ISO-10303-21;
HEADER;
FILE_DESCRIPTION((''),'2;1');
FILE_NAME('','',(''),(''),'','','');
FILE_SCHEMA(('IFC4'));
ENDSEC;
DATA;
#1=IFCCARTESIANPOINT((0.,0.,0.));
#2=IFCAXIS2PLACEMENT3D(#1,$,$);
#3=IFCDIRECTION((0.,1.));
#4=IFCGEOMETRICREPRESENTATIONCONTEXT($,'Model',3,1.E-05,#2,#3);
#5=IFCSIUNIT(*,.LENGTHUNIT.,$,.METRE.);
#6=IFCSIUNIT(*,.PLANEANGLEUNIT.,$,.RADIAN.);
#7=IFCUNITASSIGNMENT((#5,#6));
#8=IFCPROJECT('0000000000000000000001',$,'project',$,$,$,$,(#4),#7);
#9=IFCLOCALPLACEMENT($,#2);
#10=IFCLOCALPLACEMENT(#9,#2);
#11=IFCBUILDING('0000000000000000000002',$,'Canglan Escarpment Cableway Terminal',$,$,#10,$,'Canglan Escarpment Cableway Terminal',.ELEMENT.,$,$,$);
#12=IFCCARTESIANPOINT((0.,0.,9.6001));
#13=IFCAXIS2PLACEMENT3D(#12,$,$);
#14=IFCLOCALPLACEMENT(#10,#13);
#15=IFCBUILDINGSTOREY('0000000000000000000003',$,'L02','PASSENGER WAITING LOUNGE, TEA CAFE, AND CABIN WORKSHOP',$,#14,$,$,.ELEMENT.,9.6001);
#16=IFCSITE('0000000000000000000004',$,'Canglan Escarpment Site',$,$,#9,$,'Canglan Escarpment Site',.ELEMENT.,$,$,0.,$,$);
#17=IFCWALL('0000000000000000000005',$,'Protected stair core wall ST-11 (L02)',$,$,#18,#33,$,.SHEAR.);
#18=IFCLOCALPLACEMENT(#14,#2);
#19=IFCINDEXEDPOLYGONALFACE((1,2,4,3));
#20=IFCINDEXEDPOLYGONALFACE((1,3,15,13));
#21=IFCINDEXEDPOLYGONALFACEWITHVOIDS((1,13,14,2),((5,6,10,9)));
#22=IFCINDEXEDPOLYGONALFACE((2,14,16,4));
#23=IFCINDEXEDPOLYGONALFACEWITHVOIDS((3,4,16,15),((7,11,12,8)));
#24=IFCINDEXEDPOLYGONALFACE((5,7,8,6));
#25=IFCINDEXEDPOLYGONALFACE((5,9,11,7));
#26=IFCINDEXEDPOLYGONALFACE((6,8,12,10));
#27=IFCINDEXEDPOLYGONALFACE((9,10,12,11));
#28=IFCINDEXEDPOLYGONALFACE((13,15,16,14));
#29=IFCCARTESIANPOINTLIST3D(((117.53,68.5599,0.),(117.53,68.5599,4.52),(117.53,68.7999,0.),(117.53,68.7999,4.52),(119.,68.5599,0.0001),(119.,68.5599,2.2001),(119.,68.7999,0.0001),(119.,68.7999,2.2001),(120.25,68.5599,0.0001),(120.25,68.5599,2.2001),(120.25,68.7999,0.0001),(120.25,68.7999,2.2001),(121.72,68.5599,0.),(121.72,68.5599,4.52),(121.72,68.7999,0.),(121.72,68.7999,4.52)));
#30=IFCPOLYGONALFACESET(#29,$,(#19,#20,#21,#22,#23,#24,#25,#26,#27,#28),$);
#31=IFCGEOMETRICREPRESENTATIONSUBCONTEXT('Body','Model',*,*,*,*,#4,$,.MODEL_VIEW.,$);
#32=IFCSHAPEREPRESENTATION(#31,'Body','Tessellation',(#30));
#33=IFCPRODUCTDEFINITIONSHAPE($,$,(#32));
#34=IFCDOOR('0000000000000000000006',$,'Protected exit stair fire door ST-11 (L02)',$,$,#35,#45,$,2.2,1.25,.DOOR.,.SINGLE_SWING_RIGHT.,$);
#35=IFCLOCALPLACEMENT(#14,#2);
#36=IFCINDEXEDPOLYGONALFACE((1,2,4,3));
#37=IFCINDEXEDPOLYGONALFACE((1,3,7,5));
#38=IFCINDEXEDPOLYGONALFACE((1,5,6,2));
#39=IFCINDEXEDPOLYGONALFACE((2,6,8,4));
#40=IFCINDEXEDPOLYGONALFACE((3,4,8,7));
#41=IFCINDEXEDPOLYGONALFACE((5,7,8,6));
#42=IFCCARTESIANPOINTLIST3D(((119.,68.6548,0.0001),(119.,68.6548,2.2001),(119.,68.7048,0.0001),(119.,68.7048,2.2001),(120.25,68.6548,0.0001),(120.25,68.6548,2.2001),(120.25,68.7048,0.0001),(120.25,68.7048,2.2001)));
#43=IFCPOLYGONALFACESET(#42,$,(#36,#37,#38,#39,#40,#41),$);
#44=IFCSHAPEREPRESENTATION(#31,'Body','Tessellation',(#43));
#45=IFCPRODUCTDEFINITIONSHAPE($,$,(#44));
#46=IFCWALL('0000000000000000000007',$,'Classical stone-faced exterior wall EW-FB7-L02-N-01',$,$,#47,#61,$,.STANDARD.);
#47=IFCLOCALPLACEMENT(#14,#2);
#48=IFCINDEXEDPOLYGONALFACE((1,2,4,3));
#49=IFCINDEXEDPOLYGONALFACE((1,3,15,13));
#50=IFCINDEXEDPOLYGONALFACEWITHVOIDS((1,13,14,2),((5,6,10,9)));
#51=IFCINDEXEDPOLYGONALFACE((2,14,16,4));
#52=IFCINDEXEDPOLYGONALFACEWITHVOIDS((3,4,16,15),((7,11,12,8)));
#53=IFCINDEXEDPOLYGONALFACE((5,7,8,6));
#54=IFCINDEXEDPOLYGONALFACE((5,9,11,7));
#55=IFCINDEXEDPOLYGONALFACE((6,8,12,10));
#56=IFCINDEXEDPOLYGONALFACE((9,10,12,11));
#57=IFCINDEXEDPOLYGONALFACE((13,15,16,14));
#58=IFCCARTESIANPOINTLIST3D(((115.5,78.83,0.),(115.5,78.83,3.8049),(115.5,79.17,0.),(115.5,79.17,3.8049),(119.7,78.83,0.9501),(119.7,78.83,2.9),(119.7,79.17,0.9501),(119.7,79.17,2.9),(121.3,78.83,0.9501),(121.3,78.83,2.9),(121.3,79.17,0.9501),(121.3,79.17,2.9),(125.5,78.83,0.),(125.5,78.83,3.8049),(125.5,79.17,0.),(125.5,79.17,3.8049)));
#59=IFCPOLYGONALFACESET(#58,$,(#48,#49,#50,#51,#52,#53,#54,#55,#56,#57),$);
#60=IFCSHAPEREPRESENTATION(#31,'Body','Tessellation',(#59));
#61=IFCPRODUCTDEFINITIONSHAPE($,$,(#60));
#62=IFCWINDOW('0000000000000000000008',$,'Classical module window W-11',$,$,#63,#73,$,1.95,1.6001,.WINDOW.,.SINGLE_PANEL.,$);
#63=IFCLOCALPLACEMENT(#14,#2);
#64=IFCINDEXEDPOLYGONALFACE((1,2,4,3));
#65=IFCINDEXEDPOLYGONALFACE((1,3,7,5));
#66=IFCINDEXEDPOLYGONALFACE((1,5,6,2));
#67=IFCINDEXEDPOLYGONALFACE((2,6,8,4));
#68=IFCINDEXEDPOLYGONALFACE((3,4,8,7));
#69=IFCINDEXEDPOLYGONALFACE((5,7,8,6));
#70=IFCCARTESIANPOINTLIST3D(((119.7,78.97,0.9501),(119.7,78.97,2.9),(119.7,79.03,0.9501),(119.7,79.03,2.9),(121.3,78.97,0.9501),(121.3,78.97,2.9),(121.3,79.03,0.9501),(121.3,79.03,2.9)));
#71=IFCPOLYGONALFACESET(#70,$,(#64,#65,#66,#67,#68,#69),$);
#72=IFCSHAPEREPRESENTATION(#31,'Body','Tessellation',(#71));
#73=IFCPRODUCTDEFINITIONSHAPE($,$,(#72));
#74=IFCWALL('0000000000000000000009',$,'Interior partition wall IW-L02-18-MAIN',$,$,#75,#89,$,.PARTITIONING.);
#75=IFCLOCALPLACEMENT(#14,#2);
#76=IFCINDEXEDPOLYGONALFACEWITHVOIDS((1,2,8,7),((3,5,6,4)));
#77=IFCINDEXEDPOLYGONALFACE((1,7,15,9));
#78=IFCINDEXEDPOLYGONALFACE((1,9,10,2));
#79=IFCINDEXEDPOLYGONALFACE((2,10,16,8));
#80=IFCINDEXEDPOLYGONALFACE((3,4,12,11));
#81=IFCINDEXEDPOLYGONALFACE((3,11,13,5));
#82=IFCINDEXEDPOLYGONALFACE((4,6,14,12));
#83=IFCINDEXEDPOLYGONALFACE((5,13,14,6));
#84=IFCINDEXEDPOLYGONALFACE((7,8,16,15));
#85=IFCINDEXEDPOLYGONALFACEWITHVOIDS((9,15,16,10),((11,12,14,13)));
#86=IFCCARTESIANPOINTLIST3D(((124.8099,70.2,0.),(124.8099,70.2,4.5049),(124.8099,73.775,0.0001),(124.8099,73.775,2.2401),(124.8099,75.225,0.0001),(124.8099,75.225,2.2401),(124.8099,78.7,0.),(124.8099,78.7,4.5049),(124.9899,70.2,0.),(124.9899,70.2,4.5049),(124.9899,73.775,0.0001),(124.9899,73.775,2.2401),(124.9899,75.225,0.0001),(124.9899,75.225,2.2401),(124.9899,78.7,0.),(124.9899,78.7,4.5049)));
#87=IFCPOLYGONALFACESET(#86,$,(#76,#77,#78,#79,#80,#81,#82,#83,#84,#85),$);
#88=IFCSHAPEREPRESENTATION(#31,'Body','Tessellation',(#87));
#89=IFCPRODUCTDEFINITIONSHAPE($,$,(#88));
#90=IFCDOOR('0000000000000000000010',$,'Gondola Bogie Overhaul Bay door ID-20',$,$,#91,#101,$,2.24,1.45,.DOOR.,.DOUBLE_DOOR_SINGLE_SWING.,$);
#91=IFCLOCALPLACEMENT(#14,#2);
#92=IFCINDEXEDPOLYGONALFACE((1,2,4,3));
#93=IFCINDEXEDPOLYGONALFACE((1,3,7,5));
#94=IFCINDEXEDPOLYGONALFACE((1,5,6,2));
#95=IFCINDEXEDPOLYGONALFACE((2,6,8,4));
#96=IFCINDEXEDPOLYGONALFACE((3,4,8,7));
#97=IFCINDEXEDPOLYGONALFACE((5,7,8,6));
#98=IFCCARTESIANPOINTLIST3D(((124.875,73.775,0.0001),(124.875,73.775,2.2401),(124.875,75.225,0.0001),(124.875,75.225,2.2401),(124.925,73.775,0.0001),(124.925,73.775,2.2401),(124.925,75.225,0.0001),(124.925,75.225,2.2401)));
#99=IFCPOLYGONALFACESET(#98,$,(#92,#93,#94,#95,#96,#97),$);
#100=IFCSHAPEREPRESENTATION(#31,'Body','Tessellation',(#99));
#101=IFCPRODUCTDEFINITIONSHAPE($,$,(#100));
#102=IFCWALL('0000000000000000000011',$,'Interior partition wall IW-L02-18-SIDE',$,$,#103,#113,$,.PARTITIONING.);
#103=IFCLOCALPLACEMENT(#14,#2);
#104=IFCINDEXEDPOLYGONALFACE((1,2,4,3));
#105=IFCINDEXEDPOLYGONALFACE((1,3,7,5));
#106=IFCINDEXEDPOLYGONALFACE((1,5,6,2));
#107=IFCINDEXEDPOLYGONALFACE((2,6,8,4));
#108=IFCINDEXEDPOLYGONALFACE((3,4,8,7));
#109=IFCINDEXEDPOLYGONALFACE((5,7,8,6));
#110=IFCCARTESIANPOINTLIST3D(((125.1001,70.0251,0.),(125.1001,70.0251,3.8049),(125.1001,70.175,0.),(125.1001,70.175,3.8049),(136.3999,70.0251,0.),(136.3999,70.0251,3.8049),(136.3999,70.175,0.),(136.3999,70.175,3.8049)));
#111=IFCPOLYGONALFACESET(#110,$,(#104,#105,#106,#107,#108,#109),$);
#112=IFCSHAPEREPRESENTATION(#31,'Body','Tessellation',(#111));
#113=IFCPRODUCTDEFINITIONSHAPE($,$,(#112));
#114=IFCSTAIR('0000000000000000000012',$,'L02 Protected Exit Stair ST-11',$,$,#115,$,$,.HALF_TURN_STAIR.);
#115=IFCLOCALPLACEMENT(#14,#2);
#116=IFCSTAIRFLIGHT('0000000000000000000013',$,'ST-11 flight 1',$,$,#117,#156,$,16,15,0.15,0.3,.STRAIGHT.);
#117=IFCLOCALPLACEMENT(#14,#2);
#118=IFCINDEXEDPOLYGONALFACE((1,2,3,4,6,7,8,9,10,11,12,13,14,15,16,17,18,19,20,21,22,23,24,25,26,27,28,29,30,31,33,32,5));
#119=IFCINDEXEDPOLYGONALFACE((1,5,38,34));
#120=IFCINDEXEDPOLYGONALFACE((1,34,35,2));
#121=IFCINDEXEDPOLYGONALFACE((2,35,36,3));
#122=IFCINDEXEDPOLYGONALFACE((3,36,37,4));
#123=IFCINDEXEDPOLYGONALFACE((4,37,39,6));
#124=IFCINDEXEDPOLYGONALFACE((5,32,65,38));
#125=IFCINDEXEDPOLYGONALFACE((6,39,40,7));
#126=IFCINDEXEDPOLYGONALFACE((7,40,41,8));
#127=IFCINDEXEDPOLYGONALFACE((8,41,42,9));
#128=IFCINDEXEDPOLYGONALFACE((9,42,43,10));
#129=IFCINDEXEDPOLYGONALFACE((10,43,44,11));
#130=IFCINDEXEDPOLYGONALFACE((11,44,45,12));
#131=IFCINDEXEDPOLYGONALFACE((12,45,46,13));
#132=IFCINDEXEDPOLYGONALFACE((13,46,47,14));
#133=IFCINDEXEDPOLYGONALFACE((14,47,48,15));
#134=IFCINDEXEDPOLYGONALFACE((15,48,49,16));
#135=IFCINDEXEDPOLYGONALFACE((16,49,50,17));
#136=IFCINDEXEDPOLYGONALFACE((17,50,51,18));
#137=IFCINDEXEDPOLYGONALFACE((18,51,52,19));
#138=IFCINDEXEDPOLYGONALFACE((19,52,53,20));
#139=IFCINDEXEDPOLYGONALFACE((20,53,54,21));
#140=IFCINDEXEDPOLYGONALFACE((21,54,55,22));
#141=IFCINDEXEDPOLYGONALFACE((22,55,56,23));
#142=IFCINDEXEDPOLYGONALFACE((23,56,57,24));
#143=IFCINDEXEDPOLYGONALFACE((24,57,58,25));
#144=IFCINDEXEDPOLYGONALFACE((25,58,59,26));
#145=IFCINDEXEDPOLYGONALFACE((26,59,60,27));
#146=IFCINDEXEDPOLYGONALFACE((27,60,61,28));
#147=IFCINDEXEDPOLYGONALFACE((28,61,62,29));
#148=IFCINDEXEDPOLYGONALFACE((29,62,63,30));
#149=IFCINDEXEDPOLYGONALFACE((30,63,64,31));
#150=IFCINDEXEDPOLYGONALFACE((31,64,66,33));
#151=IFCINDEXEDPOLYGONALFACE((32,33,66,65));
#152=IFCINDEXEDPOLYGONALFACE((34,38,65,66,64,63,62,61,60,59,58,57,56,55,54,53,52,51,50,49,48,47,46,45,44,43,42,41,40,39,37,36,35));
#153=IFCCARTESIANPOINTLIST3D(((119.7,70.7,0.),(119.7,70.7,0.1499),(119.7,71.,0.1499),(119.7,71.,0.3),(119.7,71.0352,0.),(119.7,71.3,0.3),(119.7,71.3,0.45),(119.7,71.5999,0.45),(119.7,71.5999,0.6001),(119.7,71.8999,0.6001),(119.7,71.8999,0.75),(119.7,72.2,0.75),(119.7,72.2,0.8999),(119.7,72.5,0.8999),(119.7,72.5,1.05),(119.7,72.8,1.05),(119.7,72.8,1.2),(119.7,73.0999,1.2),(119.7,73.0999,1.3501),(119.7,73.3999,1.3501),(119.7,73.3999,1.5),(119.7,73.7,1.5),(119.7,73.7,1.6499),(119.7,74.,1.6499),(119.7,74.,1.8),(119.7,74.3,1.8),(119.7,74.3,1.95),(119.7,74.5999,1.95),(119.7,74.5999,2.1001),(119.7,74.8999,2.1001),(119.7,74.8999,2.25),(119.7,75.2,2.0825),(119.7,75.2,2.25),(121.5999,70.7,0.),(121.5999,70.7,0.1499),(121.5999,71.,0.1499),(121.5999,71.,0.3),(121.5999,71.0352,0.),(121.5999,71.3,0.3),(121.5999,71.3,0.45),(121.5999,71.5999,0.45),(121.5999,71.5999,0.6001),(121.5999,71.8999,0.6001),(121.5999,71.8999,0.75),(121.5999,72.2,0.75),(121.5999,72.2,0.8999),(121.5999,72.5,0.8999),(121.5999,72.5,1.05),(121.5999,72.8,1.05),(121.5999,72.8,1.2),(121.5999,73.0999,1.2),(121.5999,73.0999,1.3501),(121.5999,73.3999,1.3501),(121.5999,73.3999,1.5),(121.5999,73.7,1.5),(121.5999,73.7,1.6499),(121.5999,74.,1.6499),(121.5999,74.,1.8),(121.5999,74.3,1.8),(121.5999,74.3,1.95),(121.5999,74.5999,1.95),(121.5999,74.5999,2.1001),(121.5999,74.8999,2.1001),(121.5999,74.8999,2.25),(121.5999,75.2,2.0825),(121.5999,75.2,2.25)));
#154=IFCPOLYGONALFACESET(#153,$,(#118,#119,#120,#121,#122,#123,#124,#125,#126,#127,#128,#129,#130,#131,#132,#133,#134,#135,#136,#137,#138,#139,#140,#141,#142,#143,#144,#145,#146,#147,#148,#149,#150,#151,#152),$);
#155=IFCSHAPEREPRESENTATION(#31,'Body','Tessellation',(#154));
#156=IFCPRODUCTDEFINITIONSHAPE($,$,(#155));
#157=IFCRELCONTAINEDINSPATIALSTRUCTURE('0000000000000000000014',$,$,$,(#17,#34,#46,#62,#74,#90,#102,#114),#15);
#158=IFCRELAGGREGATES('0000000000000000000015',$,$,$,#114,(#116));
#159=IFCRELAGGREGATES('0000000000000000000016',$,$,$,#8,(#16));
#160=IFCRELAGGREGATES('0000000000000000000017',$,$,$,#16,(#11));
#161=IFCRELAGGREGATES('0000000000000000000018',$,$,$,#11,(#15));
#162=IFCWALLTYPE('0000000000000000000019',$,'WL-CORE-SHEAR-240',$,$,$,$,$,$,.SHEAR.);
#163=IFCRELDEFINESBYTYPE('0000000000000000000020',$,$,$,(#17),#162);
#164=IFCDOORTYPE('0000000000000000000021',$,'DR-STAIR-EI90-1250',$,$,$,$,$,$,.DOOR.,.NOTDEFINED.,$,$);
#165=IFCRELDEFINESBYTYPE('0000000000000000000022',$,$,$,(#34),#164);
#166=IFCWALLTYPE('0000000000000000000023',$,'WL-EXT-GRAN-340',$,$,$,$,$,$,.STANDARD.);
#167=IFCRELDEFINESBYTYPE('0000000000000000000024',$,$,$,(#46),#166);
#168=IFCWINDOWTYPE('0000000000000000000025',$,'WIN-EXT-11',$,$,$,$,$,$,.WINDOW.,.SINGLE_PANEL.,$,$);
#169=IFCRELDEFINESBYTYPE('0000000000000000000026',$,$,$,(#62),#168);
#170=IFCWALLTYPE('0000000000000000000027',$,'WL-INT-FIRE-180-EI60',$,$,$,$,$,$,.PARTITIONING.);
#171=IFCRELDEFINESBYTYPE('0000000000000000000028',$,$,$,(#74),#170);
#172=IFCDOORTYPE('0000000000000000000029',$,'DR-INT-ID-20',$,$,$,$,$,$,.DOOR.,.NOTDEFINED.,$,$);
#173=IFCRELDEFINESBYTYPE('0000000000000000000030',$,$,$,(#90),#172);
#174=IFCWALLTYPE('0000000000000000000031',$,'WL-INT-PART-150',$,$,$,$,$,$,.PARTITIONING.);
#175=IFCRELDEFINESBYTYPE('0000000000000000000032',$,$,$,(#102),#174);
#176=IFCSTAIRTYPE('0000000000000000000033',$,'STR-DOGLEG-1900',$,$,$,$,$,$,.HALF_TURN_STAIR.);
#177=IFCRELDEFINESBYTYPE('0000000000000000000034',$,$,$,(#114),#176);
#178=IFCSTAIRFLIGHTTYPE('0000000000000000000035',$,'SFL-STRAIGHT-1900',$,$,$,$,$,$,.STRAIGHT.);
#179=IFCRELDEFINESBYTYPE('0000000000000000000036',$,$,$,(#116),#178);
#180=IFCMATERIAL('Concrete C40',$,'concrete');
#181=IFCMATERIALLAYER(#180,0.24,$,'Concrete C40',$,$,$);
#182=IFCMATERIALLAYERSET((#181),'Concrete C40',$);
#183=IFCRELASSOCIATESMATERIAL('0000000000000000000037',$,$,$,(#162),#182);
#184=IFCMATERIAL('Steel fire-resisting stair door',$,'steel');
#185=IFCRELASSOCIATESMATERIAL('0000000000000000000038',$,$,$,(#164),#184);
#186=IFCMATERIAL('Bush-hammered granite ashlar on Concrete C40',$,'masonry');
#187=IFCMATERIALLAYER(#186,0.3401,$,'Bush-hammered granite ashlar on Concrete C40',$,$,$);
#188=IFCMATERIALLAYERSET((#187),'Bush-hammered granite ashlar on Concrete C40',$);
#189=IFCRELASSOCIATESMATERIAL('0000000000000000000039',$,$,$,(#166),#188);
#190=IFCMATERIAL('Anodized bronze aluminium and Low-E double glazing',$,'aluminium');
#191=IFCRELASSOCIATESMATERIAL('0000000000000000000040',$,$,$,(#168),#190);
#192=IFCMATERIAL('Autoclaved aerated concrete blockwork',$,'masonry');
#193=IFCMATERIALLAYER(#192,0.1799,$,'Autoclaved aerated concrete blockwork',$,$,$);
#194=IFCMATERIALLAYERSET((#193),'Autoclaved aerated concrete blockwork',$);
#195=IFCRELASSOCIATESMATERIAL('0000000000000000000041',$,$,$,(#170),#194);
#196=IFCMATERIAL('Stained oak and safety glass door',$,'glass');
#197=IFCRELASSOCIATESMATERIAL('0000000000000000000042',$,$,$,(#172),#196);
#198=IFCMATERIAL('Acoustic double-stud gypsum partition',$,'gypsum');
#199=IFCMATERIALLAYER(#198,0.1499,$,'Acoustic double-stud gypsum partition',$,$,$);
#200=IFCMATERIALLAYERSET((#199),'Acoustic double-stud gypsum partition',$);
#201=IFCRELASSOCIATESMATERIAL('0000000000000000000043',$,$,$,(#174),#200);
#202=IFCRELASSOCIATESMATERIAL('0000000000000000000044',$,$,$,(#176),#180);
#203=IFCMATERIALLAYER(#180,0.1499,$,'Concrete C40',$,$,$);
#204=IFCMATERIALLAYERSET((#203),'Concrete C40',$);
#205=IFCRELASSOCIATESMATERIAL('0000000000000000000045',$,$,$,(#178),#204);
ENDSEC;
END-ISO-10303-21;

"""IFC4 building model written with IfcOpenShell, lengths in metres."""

from ifc_helpers import new_model, si_unit, direction, frame, frame_2d, origin, place, context, subcontext, project, spatial, polyline, rectangle, outline, extrude, material, layer, layer_set, type_object, element, fill, aggregate, save


model = new_model("IFC4")

# Units and contexts
model_context = context("Model", 3, precision=1e-05, world=origin(), true_north=direction((0.0, 1.0)))
body_context = subcontext(model_context, "Body", "Model", "MODEL_VIEW")
ifc_project = project(units=[si_unit("LENGTHUNIT", "METRE"), si_unit("PLANEANGLEUNIT", "RADIAN")], contexts=[model_context])

# Site, building, storey
site_placement = place(None, origin())
site = spatial("IfcSite", under=ifc_project, at=site_placement, Name="Canglan Escarpment Site", LongName="Canglan Escarpment Site", CompositionType="ELEMENT", RefElevation=0.0)
building_placement = place(site_placement, origin())
building = spatial("IfcBuilding", under=site, at=building_placement, Name="Canglan Escarpment Cableway Terminal", LongName="Canglan Escarpment Cableway Terminal", CompositionType="ELEMENT")
storey_placement = place(building_placement, frame((0.0, 0.0, 9.6001)))
storey = spatial("IfcBuildingStorey", under=building, at=storey_placement, Name="L02", Description="PASSENGER WAITING LOUNGE, TEA CAFE, AND CABIN WORKSHOP", CompositionType="ELEMENT", Elevation=9.6001)

# Shared definitions
ifc_material_1 = material(Name="Concrete C40", Category="concrete")

# Shared definitions
ifc_layer_1 = layer(ifc_material_1, 0.24, Name="Concrete C40")
ifc_layer_set_1 = layer_set([ifc_layer_1], Name="Concrete C40")
wall_type_1 = type_object("IfcWallType", Name="WL-CORE-SHEAR-240", PredefinedType="SHEAR", material=ifc_layer_set_1)

# Wall, opening, door
wall_1_placement = place(storey_placement, frame((117.53, 68.6799, 0.0), z_axis=(0.0, 0.0, 1.0), x_axis=(1.0, 0.0, 0.0)))
wall_1 = element("IfcWall", 1, at=wall_1_placement, inside=storey, type_object=wall_type_1, Name="Protected stair core wall ST-11 (L02)", PredefinedType="SHEAR", context=body_context, shape_type="SweptSolid", body=[
    extrude(rectangle(XDim=4.1899, YDim=0.24, at=frame_2d((2.095, 0.0))), origin(), (0.0, 0.0, 1.0), 4.52),
])
opening_1_placement = place(wall_1_placement, frame((1.47, 0.0, 0.0)))
opening_1 = element("IfcOpeningElement", 2, at=opening_1_placement, cuts=wall_1, PredefinedType="OPENING", context=body_context, shape_type="SweptSolid", body=[
    extrude(rectangle(XDim=1.25, YDim=2.2, at=frame_2d((0.625, 1.1001))), frame((0.0, 0.1299, 0.0), z_axis=(0.0, -1.0, 0.0), x_axis=(1.0, 0.0, 0.0)), (0.0, 0.0, 1.0), 0.26),
])
ifc_material_2 = material(Name="Steel fire-resisting stair door", Category="steel")
door_type_1 = type_object("IfcDoorType", Name="DR-STAIR-EI90-1250", OperationType="NOTDEFINED", PredefinedType="DOOR", material=ifc_material_2)
door_1_placement = place(opening_1_placement, origin())
door_1 = element("IfcDoor", 3, at=door_1_placement, inside=storey, type_object=door_type_1, Name="Protected exit stair fire door ST-11 (L02)", OperationType="SINGLE_SWING_RIGHT", OverallHeight=2.2, OverallWidth=1.25, PredefinedType="DOOR", context=body_context, shape_type="SweptSolid", body=[
    extrude(rectangle(XDim=1.25, YDim=2.2, at=frame_2d((0.625, 1.1001))), frame((0.0, 0.0249, 0.0), z_axis=(0.0, -1.0, 0.0), x_axis=(1.0, 0.0, 0.0)), (0.0, 0.0, 1.0), 0.05),
])
fill(opening_1, door_1)

# Wall, opening, window
ifc_material_3 = material(Name="Bush-hammered granite ashlar on Concrete C40", Category="masonry")
ifc_layer_2 = layer(ifc_material_3, 0.3401, Name="Bush-hammered granite ashlar on Concrete C40")
ifc_layer_set_2 = layer_set([ifc_layer_2], Name="Bush-hammered granite ashlar on Concrete C40")
wall_type_2 = type_object("IfcWallType", Name="WL-EXT-GRAN-340", PredefinedType="STANDARD", material=ifc_layer_set_2)
wall_2_placement = place(storey_placement, frame((125.5, 79.0, 0.0), z_axis=(0.0, 0.0, 1.0), x_axis=(-1.0, 0.0, 0.0)))
wall_2 = element("IfcWall", 4, at=wall_2_placement, inside=storey, type_object=wall_type_2, Name="Classical stone-faced exterior wall EW-FB7-L02-N-01", PredefinedType="STANDARD", context=body_context, shape_type="SweptSolid", body=[
    extrude(rectangle(XDim=10.0, YDim=0.3401, at=frame_2d((5.0, 0.0))), origin(), (0.0, 0.0, 1.0), 3.8049),
])
opening_2_placement = place(wall_2_placement, frame((4.2, 0.0, 0.95)))
opening_2 = element("IfcOpeningElement", 5, at=opening_2_placement, cuts=wall_2, PredefinedType="OPENING", context=body_context, shape_type="SweptSolid", body=[
    extrude(rectangle(XDim=1.6001, YDim=1.95, at=frame_2d((0.8, 0.9751))), frame((0.0, 0.1802, 0.0), z_axis=(0.0, -1.0, 0.0), x_axis=(1.0, 0.0, 0.0)), (0.0, 0.0, 1.0), 0.3601),
])
ifc_material_4 = material(Name="Anodized bronze aluminium and Low-E double glazing", Category="aluminium")
window_type = type_object("IfcWindowType", Name="WIN-EXT-11", PartitioningType="SINGLE_PANEL", PredefinedType="WINDOW", material=ifc_material_4)
window_placement = place(opening_2_placement, origin())
window = element("IfcWindow", 6, at=window_placement, inside=storey, type_object=window_type, Name="Classical module window W-11", OverallHeight=1.95, OverallWidth=1.6001, PartitioningType="SINGLE_PANEL", PredefinedType="WINDOW", context=body_context, shape_type="SweptSolid", body=[
    extrude(rectangle(XDim=1.6001, YDim=1.95, at=frame_2d((0.8, 0.9751))), frame((0.0, 0.03, 0.0), z_axis=(0.0, -1.0, 0.0), x_axis=(1.0, 0.0, 0.0)), (0.0, 0.0, 1.0), 0.0601),
])
fill(opening_2, window)

# Wall, opening, door
ifc_material_5 = material(Name="Autoclaved aerated concrete blockwork", Category="masonry")
ifc_layer_3 = layer(ifc_material_5, 0.1799, Name="Autoclaved aerated concrete blockwork")
ifc_layer_set_3 = layer_set([ifc_layer_3], Name="Autoclaved aerated concrete blockwork")
wall_type_3 = type_object("IfcWallType", Name="WL-INT-FIRE-180-EI60", PredefinedType="PARTITIONING", material=ifc_layer_set_3)
wall_3_placement = place(storey_placement, frame((124.8999, 70.2, 0.0), z_axis=(0.0, 0.0, 1.0), x_axis=(0.0, 1.0, 0.0)))
wall_3 = element("IfcWall", 7, at=wall_3_placement, inside=storey, type_object=wall_type_3, Name="Interior partition wall IW-L02-18-MAIN", PredefinedType="PARTITIONING", context=body_context, shape_type="SweptSolid", body=[
    extrude(rectangle(XDim=8.5, YDim=0.1799, at=frame_2d((4.25, 0.0))), origin(), (0.0, 0.0, 1.0), 4.5049),
])
opening_3_placement = place(wall_3_placement, frame((3.575, 0.0, 0.0)))
opening_3 = element("IfcOpeningElement", 8, at=opening_3_placement, cuts=wall_3, PredefinedType="OPENING", context=body_context, shape_type="SweptSolid", body=[
    extrude(rectangle(XDim=1.45, YDim=2.24, at=frame_2d((0.7251, 1.1201))), frame((0.0, 0.1001, 0.0), z_axis=(0.0, -1.0, 0.0), x_axis=(1.0, 0.0, 0.0)), (0.0, 0.0, 1.0), 0.2),
])
ifc_material_6 = material(Name="Stained oak and safety glass door", Category="glass")
door_type_2 = type_object("IfcDoorType", Name="DR-INT-ID-20", OperationType="NOTDEFINED", PredefinedType="DOOR", material=ifc_material_6)
door_2_placement = place(opening_3_placement, origin())
door_2 = element("IfcDoor", 9, at=door_2_placement, inside=storey, type_object=door_type_2, Name="Gondola Bogie Overhaul Bay door ID-20", OperationType="DOUBLE_DOOR_SINGLE_SWING", OverallHeight=2.24, OverallWidth=1.45, PredefinedType="DOOR", context=body_context, shape_type="SweptSolid", body=[
    extrude(rectangle(XDim=1.45, YDim=2.24, at=frame_2d((0.7251, 1.1201))), frame((0.0, 0.0249, 0.0), z_axis=(0.0, -1.0, 0.0), x_axis=(1.0, 0.0, 0.0)), (0.0, 0.0, 1.0), 0.05),
])
fill(opening_3, door_2)

# Wall
ifc_material_7 = material(Name="Acoustic double-stud gypsum partition", Category="gypsum")
ifc_layer_4 = layer(ifc_material_7, 0.1499, Name="Acoustic double-stud gypsum partition")
ifc_layer_set_4 = layer_set([ifc_layer_4], Name="Acoustic double-stud gypsum partition")
wall_type_4 = type_object("IfcWallType", Name="WL-INT-PART-150", PredefinedType="PARTITIONING", material=ifc_layer_set_4)
wall_4_placement = place(storey_placement, frame((125.1001, 70.1001, 0.0), z_axis=(0.0, 0.0, 1.0), x_axis=(1.0, 0.0, 0.0)))
element("IfcWall", 10, at=wall_4_placement, inside=storey, type_object=wall_type_4, Name="Interior partition wall IW-L02-18-SIDE", PredefinedType="PARTITIONING", context=body_context, shape_type="SweptSolid", body=[
    extrude(rectangle(XDim=11.2998, YDim=0.1499, at=frame_2d((5.6499, 0.0))), origin(), (0.0, 0.0, 1.0), 3.8049),
])

# Stair, stair flight
stair_type = type_object("IfcStairType", Name="STR-DOGLEG-1900", PredefinedType="HALF_TURN_STAIR", material=ifc_material_1)
stair_placement = place(storey_placement, origin())
stair = element("IfcStair", 11, at=stair_placement, inside=storey, type_object=stair_type, Name="L02 Protected Exit Stair ST-11", PredefinedType="HALF_TURN_STAIR")
ifc_layer_5 = layer(ifc_material_1, 0.1499, Name="Concrete C40")
ifc_layer_set_5 = layer_set([ifc_layer_5], Name="Concrete C40")
stair_flight_type = type_object("IfcStairFlightType", Name="SFL-STRAIGHT-1900", PredefinedType="STRAIGHT", material=ifc_layer_set_5)
stair_flight_1_placement = place(storey_placement, frame((120.6499, 70.7, 0.0), z_axis=(0.0, 0.0, 1.0), x_axis=(0.0, 1.0, 0.0)))
stair_flight_1 = element("IfcStairFlight", 12, at=stair_flight_1_placement, type_object=stair_flight_type, Name="ST-11 flight 1", NumberOfRisers=16, NumberOfTreads=15, PredefinedType="STRAIGHT", RiserHeight=0.15, TreadLength=0.3, context=body_context, shape_type="SweptSolid", body=[
    extrude(outline(polyline([(0.0, 0.0), (0.0, 0.1499), (0.3, 0.1499), (0.3, 0.3), (0.6001, 0.3), (0.6001, 0.45), (0.8999, 0.45), (0.8999, 0.6001), (1.2, 0.6001), (1.2, 0.75), (1.5, 0.75), (1.5, 0.8999), (1.8, 0.8999), (1.8, 1.05), (2.1001, 1.05), (2.1001, 1.2), (2.3999, 1.2), (2.3999, 1.3501), (2.7, 1.3501), (2.7, 1.5), (3.0, 1.5), (3.0, 1.6499), (3.3, 1.6499), (3.3, 1.8), (3.6001, 1.8), (3.6001, 1.95), (3.8999, 1.95), (3.8999, 2.1001), (4.2, 2.1001), (4.2, 2.25), (4.5, 2.25), (4.5, 2.3999), (4.5, 2.0825), (0.3352, 0.0), (0.0, 0.0)])), frame((0.0, 0.95, 0.0), z_axis=(0.0, -1.0, 0.0), x_axis=(1.0, 0.0, 0.0)), (0.0, 0.0, 1.0), 1.8999),
])
aggregate(stair, [stair_flight_1])

save(model, "model.ifc")
